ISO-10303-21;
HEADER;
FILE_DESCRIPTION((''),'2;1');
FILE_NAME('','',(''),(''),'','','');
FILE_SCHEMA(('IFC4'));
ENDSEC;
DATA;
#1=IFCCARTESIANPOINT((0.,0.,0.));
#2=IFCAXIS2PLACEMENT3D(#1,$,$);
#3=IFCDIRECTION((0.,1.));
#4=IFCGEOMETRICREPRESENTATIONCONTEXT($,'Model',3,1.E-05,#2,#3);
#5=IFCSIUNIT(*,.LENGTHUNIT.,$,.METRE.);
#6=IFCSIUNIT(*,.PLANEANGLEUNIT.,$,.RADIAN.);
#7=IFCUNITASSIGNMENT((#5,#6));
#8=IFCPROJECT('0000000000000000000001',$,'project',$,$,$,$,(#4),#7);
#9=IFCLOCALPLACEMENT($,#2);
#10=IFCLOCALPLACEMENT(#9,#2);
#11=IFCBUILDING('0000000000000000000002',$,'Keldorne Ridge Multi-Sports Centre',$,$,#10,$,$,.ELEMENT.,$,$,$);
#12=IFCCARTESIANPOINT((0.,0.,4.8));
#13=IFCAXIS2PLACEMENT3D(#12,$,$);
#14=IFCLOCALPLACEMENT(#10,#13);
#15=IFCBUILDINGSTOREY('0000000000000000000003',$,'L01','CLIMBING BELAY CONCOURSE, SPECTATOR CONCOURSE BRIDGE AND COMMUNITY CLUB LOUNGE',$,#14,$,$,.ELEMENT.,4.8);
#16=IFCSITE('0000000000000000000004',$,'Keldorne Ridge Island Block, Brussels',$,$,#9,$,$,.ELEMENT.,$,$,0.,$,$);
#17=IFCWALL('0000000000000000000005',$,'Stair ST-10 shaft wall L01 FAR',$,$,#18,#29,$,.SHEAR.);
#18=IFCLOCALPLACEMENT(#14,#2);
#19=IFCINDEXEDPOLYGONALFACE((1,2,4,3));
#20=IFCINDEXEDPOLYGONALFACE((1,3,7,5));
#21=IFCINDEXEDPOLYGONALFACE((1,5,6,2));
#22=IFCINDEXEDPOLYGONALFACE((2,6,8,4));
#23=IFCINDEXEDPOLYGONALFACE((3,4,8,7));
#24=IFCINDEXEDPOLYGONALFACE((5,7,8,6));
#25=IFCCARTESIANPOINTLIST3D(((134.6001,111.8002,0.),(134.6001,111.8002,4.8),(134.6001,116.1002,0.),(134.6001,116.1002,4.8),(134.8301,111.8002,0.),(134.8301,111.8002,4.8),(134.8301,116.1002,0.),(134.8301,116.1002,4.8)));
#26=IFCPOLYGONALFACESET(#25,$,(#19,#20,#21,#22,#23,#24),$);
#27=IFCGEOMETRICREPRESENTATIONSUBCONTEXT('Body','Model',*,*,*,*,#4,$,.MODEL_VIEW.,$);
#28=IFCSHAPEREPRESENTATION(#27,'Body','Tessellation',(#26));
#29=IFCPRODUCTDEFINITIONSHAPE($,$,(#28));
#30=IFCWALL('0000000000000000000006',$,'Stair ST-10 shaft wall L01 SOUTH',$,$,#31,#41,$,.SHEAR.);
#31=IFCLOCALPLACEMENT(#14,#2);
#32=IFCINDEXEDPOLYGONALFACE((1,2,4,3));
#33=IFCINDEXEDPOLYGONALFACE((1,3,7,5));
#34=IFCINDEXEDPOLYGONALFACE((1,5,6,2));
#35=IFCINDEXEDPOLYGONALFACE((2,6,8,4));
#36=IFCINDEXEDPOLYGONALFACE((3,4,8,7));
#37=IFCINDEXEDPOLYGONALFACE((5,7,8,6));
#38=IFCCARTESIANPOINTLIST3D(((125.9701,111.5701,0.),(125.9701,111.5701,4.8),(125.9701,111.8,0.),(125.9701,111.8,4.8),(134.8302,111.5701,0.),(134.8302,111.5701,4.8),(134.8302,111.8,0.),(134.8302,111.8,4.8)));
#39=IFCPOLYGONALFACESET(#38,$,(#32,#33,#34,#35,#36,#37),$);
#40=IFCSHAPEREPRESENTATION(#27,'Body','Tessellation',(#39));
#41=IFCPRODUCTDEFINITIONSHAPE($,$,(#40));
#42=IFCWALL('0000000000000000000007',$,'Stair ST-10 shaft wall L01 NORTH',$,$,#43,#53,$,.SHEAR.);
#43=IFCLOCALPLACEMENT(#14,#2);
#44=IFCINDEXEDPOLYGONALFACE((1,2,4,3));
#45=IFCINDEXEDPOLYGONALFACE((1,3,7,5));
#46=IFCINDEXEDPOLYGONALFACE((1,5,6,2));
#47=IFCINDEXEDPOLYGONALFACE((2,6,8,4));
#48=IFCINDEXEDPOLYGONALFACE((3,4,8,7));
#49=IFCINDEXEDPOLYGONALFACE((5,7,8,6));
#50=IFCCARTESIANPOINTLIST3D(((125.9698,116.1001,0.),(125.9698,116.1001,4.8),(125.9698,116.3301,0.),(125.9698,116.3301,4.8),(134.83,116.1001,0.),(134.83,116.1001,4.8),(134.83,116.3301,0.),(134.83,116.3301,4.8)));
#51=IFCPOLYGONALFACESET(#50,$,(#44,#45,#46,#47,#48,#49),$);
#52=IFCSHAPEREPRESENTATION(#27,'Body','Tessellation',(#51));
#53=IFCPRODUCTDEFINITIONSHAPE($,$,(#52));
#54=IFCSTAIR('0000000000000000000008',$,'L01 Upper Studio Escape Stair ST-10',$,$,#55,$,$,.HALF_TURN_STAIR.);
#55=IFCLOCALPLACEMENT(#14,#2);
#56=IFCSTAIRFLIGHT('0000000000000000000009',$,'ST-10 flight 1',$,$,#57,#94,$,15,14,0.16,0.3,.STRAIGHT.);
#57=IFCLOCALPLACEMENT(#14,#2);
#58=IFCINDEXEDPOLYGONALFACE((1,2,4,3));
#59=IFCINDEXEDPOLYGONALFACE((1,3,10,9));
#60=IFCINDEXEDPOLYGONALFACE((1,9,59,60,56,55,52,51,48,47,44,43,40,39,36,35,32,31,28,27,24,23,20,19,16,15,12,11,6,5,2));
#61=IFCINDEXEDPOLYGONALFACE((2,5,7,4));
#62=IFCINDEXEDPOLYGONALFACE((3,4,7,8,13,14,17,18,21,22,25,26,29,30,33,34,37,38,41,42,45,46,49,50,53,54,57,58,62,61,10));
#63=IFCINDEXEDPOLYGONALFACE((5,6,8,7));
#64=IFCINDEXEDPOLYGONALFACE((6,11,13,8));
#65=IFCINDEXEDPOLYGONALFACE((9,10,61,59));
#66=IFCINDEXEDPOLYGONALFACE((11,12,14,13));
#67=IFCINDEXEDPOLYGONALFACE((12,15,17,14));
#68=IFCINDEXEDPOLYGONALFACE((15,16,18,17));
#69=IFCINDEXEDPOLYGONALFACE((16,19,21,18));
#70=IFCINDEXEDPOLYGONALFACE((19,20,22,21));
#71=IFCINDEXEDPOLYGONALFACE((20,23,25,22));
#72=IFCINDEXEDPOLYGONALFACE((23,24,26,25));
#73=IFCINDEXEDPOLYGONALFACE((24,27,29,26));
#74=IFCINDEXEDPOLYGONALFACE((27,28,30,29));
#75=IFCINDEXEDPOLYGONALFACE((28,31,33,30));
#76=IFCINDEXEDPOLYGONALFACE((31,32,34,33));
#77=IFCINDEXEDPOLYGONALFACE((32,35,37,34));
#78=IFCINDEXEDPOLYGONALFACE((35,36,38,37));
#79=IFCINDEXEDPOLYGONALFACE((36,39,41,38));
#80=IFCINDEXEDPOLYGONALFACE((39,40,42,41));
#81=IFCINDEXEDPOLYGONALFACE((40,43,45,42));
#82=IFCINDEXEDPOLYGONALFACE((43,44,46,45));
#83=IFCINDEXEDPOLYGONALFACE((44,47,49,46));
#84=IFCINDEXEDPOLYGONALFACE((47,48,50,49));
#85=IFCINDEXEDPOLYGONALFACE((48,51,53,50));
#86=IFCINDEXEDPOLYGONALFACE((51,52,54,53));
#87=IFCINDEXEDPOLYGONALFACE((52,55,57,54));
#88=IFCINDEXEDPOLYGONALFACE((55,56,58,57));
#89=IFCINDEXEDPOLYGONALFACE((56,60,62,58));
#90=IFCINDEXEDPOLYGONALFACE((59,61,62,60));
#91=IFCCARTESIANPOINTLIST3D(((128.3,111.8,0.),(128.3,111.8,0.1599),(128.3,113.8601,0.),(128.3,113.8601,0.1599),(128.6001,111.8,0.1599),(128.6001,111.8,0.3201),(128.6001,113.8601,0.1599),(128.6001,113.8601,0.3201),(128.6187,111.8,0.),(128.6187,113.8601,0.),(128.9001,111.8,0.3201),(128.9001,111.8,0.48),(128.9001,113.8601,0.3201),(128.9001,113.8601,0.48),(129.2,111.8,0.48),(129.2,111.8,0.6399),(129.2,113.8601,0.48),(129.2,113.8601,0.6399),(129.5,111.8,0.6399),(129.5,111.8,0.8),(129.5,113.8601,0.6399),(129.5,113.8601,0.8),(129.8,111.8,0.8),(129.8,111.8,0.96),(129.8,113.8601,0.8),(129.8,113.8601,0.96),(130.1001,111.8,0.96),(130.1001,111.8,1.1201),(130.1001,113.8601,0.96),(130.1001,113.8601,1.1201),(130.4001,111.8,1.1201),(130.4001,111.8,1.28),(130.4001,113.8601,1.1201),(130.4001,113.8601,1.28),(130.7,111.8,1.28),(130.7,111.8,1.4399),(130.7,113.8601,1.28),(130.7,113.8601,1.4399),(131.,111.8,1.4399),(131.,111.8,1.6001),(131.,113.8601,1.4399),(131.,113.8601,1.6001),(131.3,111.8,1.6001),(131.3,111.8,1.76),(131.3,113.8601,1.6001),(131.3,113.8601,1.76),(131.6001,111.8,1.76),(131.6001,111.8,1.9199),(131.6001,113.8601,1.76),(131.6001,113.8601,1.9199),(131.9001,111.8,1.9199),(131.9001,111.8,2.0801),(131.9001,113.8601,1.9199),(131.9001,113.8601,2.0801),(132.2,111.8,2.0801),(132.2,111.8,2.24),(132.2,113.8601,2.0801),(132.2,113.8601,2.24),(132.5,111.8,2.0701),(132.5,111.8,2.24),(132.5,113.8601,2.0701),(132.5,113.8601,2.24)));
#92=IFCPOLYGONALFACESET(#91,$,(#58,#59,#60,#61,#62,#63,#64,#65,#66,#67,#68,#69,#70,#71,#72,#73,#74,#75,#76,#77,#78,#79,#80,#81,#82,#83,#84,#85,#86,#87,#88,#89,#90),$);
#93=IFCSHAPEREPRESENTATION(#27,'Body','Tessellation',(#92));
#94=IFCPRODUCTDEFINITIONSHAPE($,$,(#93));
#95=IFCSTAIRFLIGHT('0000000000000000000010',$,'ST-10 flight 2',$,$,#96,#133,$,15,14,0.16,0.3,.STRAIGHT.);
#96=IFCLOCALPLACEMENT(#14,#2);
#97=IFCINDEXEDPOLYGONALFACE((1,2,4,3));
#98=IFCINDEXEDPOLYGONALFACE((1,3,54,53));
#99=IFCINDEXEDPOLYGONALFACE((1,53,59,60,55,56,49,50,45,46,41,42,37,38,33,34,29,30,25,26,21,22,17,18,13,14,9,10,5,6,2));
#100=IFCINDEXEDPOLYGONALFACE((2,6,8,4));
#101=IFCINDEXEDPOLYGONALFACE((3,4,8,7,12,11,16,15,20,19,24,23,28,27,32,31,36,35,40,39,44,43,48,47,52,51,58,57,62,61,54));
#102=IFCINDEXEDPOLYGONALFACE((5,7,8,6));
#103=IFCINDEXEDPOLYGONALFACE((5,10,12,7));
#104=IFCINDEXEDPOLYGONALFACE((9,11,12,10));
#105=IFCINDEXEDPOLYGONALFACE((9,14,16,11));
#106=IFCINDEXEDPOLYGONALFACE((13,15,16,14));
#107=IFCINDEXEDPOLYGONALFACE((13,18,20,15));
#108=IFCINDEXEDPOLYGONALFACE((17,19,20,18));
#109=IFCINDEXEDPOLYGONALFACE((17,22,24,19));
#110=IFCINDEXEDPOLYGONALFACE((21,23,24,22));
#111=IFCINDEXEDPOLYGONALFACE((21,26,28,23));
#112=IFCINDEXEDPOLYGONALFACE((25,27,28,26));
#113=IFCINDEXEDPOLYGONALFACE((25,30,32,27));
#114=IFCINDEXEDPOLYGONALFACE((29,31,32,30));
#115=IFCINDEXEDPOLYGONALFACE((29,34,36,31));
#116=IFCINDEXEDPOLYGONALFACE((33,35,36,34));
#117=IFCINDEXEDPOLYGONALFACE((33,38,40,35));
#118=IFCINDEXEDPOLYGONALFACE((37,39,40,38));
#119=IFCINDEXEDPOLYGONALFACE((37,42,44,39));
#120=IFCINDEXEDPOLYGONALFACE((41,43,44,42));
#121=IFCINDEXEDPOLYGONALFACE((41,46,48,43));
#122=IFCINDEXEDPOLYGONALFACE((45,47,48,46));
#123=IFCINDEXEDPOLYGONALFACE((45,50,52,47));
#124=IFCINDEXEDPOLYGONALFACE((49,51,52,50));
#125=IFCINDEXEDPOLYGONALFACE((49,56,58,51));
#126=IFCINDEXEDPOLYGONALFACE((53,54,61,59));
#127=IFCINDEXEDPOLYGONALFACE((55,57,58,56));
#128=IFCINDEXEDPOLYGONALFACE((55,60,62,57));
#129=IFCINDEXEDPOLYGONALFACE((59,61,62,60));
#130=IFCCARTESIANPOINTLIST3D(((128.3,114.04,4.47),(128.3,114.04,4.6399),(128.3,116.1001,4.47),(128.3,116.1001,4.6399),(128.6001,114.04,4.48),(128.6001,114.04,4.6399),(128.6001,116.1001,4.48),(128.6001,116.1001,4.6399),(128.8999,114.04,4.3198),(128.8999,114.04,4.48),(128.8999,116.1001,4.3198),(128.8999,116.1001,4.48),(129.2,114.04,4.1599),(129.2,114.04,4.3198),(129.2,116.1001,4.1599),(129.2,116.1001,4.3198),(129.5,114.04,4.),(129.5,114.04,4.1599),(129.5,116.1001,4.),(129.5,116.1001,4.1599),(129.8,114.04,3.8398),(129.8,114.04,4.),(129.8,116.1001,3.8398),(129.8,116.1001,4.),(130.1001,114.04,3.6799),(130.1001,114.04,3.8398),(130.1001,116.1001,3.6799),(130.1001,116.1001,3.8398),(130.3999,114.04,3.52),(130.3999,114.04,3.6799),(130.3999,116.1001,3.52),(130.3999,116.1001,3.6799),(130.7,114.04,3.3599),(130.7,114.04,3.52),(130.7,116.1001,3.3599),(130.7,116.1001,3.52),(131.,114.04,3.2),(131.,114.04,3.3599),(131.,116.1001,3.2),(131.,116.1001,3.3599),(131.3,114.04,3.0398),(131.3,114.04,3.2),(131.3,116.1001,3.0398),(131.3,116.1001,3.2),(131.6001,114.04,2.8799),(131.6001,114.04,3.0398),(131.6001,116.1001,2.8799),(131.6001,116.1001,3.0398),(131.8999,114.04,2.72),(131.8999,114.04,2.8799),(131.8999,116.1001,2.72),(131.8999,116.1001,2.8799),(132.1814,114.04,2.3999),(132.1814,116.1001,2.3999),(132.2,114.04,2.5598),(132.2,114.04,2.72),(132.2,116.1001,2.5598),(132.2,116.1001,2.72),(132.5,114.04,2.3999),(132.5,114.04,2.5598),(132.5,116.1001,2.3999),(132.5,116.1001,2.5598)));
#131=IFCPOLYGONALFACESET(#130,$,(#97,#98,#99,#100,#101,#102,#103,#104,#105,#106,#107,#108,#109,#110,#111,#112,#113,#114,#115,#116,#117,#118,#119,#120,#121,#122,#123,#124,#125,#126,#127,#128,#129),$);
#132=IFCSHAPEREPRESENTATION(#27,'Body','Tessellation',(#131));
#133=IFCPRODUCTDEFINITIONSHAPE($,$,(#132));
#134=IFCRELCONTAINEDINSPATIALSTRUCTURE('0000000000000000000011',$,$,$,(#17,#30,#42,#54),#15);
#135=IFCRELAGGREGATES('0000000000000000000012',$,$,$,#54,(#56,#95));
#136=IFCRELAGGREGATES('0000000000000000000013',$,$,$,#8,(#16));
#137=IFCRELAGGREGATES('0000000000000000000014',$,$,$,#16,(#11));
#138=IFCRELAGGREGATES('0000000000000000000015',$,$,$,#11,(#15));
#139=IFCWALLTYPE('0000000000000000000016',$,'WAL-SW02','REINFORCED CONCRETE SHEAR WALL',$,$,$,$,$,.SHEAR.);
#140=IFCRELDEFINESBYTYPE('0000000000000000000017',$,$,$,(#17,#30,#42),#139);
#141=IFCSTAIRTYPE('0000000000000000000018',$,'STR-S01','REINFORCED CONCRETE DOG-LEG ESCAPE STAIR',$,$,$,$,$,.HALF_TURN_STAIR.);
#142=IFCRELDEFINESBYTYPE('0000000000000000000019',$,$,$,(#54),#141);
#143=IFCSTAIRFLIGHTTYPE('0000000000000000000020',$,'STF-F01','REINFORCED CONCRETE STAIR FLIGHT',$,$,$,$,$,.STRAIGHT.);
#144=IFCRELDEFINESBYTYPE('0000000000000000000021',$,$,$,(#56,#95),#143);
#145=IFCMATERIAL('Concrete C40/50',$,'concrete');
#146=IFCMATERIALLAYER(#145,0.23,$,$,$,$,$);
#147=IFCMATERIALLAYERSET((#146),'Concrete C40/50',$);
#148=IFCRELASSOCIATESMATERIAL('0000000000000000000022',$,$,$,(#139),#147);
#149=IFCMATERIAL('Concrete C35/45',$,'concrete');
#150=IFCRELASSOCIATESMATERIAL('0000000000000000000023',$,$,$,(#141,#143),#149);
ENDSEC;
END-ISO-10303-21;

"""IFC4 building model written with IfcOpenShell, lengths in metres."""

from ifc_helpers import new_model, si_unit, direction, frame, frame_2d, origin, place, context, subcontext, project, spatial, polyline, rectangle, outline, extrude, material, layer, layer_set, type_object, element, aggregate, save


model = new_model("IFC4")

# Units and contexts
model_context = context("Model", 3, precision=1e-05, world=origin(), true_north=direction((0.0, 1.0)))
body_context = subcontext(model_context, "Body", "Model", "MODEL_VIEW")
ifc_project = project(units=[si_unit("LENGTHUNIT", "METRE"), si_unit("PLANEANGLEUNIT", "RADIAN")], contexts=[model_context])

# Site, building, storey
site_placement = place(None, origin())
site = spatial("IfcSite", under=ifc_project, at=site_placement, Name="Keldorne Ridge Island Block, Brussels", CompositionType="ELEMENT", RefElevation=0.0)
building_placement = place(site_placement, origin())
building = spatial("IfcBuilding", under=site, at=building_placement, Name="Keldorne Ridge Multi-Sports Centre", CompositionType="ELEMENT")
storey_placement = place(building_placement, frame((0.0, 0.0, 4.8)))
storey = spatial("IfcBuildingStorey", under=building, at=storey_placement, Name="L01", Description="CLIMBING BELAY CONCOURSE, SPECTATOR CONCOURSE BRIDGE AND COMMUNITY CLUB LOUNGE", CompositionType="ELEMENT", Elevation=4.8)

# Shared definitions
ifc_material_1 = material(Name="Concrete C40/50", Category="concrete")
ifc_layer_1 = layer(ifc_material_1, 0.23)
ifc_layer_set_1 = layer_set([ifc_layer_1], Name="Concrete C40/50")
wall_type = type_object("IfcWallType", Name="WAL-SW02", Description="REINFORCED CONCRETE SHEAR WALL", PredefinedType="SHEAR", material=ifc_layer_set_1)

# Walls
wall_1_placement = place(storey_placement, frame((134.7151, 116.1001, 0.0), z_axis=(0.0, 0.0, 1.0), x_axis=(0.0, -1.0, 0.0)))
element("IfcWall", 1, at=wall_1_placement, inside=storey, type_object=wall_type, Name="Stair ST-10 shaft wall L01 FAR", PredefinedType="SHEAR", context=body_context, shape_type="SweptSolid", body=[
    extrude(rectangle(XDim=4.3, YDim=0.23, at=frame_2d((2.1499, 0.0))), origin(), (0.0, 0.0, 1.0), 4.8),
])
for number, where, z_axis, x_axis, name in (
    (2, (125.97, 111.6851, 0.0), (0.0, 0.0, 1.0), (1.0, 0.0, 0.0), "Stair ST-10 shaft wall L01 SOUTH"),
    (3, (134.8301, 116.2151, 0.0), (0.0, 0.0, 1.0), (-1.0, 0.0, 0.0), "Stair ST-10 shaft wall L01 NORTH"),
):
    element("IfcWall", number, at=place(storey_placement, frame(where, z_axis=z_axis, x_axis=x_axis)), inside=storey, type_object=wall_type, Name=name, PredefinedType="SHEAR", context=body_context, shape_type="SweptSolid", body=[
        extrude(rectangle(XDim=8.8601, YDim=0.23, at=frame_2d((4.4302, 0.0))), origin(), (0.0, 0.0, 1.0), 4.8),
    ])

# Stair, stair flights
ifc_material_2 = material(Name="Concrete C35/45", Category="concrete")
stair_type = type_object("IfcStairType", Name="STR-S01", Description="REINFORCED CONCRETE DOG-LEG ESCAPE STAIR", PredefinedType="HALF_TURN_STAIR", material=ifc_material_2)
stair_placement = place(storey_placement, origin())
stair = element("IfcStair", 4, at=stair_placement, inside=storey, type_object=stair_type, Name="L01 Upper Studio Escape Stair ST-10", PredefinedType="HALF_TURN_STAIR")
stair_flight_type = type_object("IfcStairFlightType", Name="STF-F01", Description="REINFORCED CONCRETE STAIR FLIGHT", PredefinedType="STRAIGHT", material=ifc_material_2)
stair_flight_1_placement = place(storey_placement, frame((128.3, 112.8301, 0.0), z_axis=(0.0, 0.0, 1.0), x_axis=(1.0, 0.0, 0.0)))
stair_flight_1 = element("IfcStairFlight", 5, at=stair_flight_1_placement, type_object=stair_flight_type, Name="ST-10 flight 1", NumberOfRisers=15, NumberOfTreads=14, PredefinedType="STRAIGHT", RiserHeight=0.16, TreadLength=0.3, context=body_context, shape_type="SweptSolid", body=[
    extrude(outline(polyline([(0.0, 0.0), (0.0, 0.1599), (0.3, 0.1599), (0.3, 0.3201), (0.6001, 0.3201), (0.6001, 0.48), (0.8999, 0.48), (0.8999, 0.6399), (1.2, 0.6399), (1.2, 0.8), (1.5, 0.8), (1.5, 0.96), (1.8, 0.96), (1.8, 1.1201), (2.1001, 1.1201), (2.1001, 1.28), (2.3999, 1.28), (2.3999, 1.4399), (2.7, 1.4399), (2.7, 1.6001), (3.0, 1.6001), (3.0, 1.76), (3.3, 1.76), (3.3, 1.9199), (3.6001, 1.9199), (3.6001, 2.0801), (3.8999, 2.0801), (3.8999, 2.24), (4.2, 2.24), (4.2, 2.3999), (4.2, 2.0701), (0.3186, 0.0), (0.0, 0.0)])), frame((0.0, 1.03, 0.0), z_axis=(0.0, -1.0, 0.0), x_axis=(1.0, 0.0, 0.0)), (0.0, 0.0, 1.0), 2.0601),
])
stair_flight_2_placement = place(storey_placement, frame((132.5, 115.0701, 2.3999), z_axis=(0.0, 0.0, 1.0), x_axis=(-1.0, 0.0, 0.0)))
stair_flight_2 = element("IfcStairFlight", 6, at=stair_flight_2_placement, type_object=stair_flight_type, Name="ST-10 flight 2", NumberOfRisers=15, NumberOfTreads=14, PredefinedType="STRAIGHT", RiserHeight=0.16, TreadLength=0.3, context=body_context, shape_type="SweptSolid", body=[
    extrude(outline(polyline([(0.0, 0.0), (0.0, 0.1599), (0.3, 0.1599), (0.3, 0.3201), (0.6001, 0.3201), (0.6001, 0.48), (0.8999, 0.48), (0.8999, 0.6399), (1.2, 0.6399), (1.2, 0.8), (1.5, 0.8), (1.5, 0.96), (1.8, 0.96), (1.8, 1.1201), (2.1001, 1.1201), (2.1001, 1.28), (2.3999, 1.28), (2.3999, 1.4399), (2.7, 1.4399), (2.7, 1.6001), (3.0, 1.6001), (3.0, 1.76), (3.3, 1.76), (3.3, 1.9199), (3.6001, 1.9199), (3.6001, 2.0801), (3.8999, 2.0801), (3.8999, 2.24), (4.2, 2.24), (4.2, 2.3999), (4.2, 2.0701), (0.3186, 0.0), (0.0, 0.0)])), frame((0.0, 1.03, 0.0), z_axis=(0.0, -1.0, 0.0), x_axis=(1.0, 0.0, 0.0)), (0.0, 0.0, 1.0), 2.0601),
])
aggregate(stair, [stair_flight_1, stair_flight_2])

save(model, "model.ifc")
